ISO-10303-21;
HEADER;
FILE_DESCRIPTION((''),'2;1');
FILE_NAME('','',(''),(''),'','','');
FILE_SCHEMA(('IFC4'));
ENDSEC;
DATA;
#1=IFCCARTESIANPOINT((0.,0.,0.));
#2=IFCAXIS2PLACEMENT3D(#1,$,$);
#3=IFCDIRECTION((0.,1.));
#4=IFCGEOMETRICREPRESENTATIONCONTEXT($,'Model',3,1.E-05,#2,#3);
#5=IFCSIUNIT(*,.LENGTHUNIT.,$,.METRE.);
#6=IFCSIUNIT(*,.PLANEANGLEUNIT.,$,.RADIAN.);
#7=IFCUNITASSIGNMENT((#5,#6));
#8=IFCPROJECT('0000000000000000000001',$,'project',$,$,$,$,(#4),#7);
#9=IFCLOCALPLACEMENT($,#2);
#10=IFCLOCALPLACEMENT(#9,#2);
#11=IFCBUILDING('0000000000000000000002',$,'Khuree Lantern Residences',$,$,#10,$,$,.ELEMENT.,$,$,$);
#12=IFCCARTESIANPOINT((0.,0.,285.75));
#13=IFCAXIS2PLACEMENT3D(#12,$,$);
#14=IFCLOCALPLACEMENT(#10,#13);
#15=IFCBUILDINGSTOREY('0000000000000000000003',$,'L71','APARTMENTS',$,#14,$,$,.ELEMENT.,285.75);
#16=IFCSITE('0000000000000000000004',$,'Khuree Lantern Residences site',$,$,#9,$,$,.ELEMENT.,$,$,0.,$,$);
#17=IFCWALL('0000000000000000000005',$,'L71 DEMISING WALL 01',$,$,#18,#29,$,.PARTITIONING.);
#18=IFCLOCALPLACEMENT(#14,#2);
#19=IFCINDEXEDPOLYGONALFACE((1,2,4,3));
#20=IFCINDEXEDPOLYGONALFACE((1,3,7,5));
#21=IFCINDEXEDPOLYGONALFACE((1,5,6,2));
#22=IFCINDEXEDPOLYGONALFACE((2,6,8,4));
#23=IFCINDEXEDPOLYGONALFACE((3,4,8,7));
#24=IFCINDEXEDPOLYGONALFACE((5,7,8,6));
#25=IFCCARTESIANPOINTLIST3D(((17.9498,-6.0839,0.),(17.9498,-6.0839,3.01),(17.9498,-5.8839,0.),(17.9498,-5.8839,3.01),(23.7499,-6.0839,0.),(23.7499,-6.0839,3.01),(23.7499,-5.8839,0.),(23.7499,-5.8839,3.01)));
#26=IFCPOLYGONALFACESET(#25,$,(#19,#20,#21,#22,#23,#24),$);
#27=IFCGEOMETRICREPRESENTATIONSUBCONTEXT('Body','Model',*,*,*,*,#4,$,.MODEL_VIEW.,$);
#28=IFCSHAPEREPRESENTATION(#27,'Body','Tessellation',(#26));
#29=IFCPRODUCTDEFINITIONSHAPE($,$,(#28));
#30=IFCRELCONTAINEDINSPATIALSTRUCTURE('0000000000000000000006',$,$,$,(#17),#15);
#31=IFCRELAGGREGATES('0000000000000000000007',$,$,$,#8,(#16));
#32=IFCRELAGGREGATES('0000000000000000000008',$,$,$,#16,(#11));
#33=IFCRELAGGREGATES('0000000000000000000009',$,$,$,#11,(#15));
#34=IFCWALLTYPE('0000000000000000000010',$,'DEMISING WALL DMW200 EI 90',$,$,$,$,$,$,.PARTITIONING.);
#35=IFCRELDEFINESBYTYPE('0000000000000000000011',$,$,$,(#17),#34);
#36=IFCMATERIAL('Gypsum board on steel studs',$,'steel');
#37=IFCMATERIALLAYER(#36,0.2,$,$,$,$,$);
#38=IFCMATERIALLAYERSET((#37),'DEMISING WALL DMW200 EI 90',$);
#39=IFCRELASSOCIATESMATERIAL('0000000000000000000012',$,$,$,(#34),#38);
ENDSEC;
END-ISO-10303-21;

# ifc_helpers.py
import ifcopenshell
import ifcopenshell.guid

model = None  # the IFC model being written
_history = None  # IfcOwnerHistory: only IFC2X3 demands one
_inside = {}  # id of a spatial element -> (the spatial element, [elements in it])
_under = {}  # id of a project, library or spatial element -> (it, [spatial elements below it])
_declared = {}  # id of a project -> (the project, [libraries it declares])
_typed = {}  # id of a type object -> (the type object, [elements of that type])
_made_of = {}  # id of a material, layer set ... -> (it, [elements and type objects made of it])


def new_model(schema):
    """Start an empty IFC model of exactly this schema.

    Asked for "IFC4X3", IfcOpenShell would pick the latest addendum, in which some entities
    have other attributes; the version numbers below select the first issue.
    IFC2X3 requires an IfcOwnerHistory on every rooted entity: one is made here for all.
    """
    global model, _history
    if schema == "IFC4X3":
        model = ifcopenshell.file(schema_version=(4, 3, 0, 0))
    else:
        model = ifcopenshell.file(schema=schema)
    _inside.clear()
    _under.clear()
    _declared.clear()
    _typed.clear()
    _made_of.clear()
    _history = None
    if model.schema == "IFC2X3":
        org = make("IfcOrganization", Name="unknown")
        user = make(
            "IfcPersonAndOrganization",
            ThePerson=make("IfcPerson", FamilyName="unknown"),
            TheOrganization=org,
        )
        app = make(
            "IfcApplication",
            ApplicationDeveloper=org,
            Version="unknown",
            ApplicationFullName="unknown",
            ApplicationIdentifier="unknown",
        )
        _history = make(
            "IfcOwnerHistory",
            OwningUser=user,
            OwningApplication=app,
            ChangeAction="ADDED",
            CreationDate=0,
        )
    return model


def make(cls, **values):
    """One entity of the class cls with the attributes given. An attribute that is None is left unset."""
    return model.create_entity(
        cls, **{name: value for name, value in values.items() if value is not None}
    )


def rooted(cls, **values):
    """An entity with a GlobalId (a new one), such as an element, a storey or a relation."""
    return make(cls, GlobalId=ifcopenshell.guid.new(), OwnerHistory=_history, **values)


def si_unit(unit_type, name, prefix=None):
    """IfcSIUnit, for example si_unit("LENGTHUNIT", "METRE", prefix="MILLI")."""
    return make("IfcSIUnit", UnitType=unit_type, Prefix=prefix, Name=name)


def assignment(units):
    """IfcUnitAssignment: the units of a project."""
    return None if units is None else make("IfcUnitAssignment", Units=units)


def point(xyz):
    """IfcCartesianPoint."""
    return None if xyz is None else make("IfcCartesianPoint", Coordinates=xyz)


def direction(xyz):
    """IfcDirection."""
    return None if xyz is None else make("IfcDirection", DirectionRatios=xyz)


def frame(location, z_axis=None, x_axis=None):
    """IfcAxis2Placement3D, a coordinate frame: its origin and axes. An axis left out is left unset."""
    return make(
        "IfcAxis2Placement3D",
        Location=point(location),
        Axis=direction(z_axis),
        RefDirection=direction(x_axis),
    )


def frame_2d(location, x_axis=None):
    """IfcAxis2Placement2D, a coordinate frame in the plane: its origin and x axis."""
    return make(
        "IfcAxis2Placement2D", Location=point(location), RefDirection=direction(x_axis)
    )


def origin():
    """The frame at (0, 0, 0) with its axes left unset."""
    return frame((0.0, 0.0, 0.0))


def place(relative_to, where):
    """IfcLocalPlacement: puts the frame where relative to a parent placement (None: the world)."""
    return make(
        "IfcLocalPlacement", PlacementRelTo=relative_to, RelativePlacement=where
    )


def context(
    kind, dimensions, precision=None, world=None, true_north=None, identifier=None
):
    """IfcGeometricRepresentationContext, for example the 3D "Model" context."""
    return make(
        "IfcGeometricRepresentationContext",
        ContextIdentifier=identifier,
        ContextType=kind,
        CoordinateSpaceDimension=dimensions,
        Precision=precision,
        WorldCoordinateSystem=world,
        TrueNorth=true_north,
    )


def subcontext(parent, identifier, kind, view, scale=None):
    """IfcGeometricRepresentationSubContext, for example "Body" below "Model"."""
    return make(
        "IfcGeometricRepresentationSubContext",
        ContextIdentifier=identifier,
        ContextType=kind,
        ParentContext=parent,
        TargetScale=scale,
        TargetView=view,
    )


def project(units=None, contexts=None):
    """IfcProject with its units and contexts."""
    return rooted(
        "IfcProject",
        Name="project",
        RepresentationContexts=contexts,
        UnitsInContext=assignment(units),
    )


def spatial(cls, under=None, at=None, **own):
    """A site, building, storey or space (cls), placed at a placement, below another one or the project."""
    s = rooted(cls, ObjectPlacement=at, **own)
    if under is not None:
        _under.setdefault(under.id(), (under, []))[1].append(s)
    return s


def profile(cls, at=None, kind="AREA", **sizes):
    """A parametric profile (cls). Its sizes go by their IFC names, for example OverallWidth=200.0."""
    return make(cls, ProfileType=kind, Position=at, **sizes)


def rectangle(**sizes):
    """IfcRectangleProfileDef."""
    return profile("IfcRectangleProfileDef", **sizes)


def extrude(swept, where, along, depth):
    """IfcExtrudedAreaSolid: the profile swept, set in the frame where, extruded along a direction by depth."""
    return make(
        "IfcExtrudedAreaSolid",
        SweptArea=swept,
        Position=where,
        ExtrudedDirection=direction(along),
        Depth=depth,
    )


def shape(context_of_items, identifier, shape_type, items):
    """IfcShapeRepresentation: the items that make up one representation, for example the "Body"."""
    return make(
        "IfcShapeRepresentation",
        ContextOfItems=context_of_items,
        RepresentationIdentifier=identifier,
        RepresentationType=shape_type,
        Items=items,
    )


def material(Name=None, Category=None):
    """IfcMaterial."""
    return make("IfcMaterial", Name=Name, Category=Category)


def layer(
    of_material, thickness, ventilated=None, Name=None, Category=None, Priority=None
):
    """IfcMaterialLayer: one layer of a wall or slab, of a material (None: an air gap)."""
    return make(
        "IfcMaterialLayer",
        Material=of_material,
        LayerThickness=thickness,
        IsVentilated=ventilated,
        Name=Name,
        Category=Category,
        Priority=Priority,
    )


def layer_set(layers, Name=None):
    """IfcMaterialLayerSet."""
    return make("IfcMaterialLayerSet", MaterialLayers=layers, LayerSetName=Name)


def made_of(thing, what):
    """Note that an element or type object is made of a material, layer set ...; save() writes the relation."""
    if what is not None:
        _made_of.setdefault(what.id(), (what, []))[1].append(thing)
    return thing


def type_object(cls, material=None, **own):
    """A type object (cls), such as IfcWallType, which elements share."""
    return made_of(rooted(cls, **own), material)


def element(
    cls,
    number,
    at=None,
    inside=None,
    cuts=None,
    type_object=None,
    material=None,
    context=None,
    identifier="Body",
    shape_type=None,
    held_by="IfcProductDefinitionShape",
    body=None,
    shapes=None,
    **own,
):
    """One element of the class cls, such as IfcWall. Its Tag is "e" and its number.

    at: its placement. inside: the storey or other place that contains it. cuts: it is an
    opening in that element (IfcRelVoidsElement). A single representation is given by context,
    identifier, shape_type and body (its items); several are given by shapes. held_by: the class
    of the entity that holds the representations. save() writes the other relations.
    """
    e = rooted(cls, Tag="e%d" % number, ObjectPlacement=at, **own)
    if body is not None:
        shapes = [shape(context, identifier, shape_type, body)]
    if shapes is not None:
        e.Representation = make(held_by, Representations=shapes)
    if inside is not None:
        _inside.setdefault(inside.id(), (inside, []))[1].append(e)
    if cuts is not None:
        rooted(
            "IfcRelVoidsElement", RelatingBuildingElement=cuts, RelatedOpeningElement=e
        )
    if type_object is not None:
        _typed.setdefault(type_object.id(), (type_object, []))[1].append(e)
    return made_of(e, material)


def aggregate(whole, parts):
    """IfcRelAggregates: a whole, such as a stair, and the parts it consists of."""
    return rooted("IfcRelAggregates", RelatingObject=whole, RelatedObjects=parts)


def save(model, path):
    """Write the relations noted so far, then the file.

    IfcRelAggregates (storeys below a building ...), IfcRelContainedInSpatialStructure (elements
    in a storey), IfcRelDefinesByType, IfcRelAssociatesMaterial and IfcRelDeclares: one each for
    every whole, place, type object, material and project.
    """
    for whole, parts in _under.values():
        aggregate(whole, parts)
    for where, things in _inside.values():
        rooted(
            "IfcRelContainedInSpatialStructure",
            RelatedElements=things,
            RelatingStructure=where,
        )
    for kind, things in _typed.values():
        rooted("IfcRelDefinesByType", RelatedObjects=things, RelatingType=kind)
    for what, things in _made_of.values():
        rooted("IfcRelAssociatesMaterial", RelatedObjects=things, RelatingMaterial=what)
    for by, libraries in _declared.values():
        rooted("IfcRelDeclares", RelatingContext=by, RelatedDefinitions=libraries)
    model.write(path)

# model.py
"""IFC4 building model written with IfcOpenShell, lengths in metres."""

from ifc_helpers import new_model, si_unit, direction, frame, frame_2d, origin, place, context, subcontext, project, spatial, rectangle, extrude, material, layer, layer_set, type_object, element, save


model = new_model("IFC4")

# Units and contexts
model_context = context("Model", 3, precision=1e-05, world=origin(), true_north=direction((0.0, 1.0)))
body_context = subcontext(model_context, "Body", "Model", "MODEL_VIEW")
ifc_project = project(units=[si_unit("LENGTHUNIT", "METRE"), si_unit("PLANEANGLEUNIT", "RADIAN")], contexts=[model_context])

# Site, building, storey
site_placement = place(None, origin())
site = spatial("IfcSite", under=ifc_project, at=site_placement, Name="Khuree Lantern Residences site", CompositionType="ELEMENT", RefElevation=0.0)
building_placement = place(site_placement, origin())
building = spatial("IfcBuilding", under=site, at=building_placement, Name="Khuree Lantern Residences", CompositionType="ELEMENT")
storey_placement = place(building_placement, frame((0.0, 0.0, 285.75)))
storey = spatial("IfcBuildingStorey", under=building, at=storey_placement, Name="L71", Description="APARTMENTS", CompositionType="ELEMENT", Elevation=285.75)

# Shared definitions
ifc_material_1 = material(Name="Gypsum board on steel studs", Category="steel")

# Wall
ifc_layer_1 = layer(ifc_material_1, 0.2)
ifc_layer_set_1 = layer_set([ifc_layer_1], Name="DEMISING WALL DMW200 EI 90")
wall_type_1 = type_object("IfcWallType", Name="DEMISING WALL DMW200 EI 90", PredefinedType="PARTITIONING", material=ifc_layer_set_1)
wall_1_placement = place(storey_placement, frame((17.95, -5.9839, 0.0), z_axis=(0.0, 0.0, 1.0), x_axis=(1.0, 0.0, 0.0)))
element("IfcWall", 1, at=wall_1_placement, inside=storey, type_object=wall_type_1, Name="L71 DEMISING WALL 01", PredefinedType="PARTITIONING", context=body_context, shape_type="SweptSolid", body=[
    extrude(rectangle(XDim=5.8, YDim=0.2, at=frame_2d((2.8999, 0.0))), origin(), (0.0, 0.0, 1.0), 3.01),
])

save(model, "model.ifc")
